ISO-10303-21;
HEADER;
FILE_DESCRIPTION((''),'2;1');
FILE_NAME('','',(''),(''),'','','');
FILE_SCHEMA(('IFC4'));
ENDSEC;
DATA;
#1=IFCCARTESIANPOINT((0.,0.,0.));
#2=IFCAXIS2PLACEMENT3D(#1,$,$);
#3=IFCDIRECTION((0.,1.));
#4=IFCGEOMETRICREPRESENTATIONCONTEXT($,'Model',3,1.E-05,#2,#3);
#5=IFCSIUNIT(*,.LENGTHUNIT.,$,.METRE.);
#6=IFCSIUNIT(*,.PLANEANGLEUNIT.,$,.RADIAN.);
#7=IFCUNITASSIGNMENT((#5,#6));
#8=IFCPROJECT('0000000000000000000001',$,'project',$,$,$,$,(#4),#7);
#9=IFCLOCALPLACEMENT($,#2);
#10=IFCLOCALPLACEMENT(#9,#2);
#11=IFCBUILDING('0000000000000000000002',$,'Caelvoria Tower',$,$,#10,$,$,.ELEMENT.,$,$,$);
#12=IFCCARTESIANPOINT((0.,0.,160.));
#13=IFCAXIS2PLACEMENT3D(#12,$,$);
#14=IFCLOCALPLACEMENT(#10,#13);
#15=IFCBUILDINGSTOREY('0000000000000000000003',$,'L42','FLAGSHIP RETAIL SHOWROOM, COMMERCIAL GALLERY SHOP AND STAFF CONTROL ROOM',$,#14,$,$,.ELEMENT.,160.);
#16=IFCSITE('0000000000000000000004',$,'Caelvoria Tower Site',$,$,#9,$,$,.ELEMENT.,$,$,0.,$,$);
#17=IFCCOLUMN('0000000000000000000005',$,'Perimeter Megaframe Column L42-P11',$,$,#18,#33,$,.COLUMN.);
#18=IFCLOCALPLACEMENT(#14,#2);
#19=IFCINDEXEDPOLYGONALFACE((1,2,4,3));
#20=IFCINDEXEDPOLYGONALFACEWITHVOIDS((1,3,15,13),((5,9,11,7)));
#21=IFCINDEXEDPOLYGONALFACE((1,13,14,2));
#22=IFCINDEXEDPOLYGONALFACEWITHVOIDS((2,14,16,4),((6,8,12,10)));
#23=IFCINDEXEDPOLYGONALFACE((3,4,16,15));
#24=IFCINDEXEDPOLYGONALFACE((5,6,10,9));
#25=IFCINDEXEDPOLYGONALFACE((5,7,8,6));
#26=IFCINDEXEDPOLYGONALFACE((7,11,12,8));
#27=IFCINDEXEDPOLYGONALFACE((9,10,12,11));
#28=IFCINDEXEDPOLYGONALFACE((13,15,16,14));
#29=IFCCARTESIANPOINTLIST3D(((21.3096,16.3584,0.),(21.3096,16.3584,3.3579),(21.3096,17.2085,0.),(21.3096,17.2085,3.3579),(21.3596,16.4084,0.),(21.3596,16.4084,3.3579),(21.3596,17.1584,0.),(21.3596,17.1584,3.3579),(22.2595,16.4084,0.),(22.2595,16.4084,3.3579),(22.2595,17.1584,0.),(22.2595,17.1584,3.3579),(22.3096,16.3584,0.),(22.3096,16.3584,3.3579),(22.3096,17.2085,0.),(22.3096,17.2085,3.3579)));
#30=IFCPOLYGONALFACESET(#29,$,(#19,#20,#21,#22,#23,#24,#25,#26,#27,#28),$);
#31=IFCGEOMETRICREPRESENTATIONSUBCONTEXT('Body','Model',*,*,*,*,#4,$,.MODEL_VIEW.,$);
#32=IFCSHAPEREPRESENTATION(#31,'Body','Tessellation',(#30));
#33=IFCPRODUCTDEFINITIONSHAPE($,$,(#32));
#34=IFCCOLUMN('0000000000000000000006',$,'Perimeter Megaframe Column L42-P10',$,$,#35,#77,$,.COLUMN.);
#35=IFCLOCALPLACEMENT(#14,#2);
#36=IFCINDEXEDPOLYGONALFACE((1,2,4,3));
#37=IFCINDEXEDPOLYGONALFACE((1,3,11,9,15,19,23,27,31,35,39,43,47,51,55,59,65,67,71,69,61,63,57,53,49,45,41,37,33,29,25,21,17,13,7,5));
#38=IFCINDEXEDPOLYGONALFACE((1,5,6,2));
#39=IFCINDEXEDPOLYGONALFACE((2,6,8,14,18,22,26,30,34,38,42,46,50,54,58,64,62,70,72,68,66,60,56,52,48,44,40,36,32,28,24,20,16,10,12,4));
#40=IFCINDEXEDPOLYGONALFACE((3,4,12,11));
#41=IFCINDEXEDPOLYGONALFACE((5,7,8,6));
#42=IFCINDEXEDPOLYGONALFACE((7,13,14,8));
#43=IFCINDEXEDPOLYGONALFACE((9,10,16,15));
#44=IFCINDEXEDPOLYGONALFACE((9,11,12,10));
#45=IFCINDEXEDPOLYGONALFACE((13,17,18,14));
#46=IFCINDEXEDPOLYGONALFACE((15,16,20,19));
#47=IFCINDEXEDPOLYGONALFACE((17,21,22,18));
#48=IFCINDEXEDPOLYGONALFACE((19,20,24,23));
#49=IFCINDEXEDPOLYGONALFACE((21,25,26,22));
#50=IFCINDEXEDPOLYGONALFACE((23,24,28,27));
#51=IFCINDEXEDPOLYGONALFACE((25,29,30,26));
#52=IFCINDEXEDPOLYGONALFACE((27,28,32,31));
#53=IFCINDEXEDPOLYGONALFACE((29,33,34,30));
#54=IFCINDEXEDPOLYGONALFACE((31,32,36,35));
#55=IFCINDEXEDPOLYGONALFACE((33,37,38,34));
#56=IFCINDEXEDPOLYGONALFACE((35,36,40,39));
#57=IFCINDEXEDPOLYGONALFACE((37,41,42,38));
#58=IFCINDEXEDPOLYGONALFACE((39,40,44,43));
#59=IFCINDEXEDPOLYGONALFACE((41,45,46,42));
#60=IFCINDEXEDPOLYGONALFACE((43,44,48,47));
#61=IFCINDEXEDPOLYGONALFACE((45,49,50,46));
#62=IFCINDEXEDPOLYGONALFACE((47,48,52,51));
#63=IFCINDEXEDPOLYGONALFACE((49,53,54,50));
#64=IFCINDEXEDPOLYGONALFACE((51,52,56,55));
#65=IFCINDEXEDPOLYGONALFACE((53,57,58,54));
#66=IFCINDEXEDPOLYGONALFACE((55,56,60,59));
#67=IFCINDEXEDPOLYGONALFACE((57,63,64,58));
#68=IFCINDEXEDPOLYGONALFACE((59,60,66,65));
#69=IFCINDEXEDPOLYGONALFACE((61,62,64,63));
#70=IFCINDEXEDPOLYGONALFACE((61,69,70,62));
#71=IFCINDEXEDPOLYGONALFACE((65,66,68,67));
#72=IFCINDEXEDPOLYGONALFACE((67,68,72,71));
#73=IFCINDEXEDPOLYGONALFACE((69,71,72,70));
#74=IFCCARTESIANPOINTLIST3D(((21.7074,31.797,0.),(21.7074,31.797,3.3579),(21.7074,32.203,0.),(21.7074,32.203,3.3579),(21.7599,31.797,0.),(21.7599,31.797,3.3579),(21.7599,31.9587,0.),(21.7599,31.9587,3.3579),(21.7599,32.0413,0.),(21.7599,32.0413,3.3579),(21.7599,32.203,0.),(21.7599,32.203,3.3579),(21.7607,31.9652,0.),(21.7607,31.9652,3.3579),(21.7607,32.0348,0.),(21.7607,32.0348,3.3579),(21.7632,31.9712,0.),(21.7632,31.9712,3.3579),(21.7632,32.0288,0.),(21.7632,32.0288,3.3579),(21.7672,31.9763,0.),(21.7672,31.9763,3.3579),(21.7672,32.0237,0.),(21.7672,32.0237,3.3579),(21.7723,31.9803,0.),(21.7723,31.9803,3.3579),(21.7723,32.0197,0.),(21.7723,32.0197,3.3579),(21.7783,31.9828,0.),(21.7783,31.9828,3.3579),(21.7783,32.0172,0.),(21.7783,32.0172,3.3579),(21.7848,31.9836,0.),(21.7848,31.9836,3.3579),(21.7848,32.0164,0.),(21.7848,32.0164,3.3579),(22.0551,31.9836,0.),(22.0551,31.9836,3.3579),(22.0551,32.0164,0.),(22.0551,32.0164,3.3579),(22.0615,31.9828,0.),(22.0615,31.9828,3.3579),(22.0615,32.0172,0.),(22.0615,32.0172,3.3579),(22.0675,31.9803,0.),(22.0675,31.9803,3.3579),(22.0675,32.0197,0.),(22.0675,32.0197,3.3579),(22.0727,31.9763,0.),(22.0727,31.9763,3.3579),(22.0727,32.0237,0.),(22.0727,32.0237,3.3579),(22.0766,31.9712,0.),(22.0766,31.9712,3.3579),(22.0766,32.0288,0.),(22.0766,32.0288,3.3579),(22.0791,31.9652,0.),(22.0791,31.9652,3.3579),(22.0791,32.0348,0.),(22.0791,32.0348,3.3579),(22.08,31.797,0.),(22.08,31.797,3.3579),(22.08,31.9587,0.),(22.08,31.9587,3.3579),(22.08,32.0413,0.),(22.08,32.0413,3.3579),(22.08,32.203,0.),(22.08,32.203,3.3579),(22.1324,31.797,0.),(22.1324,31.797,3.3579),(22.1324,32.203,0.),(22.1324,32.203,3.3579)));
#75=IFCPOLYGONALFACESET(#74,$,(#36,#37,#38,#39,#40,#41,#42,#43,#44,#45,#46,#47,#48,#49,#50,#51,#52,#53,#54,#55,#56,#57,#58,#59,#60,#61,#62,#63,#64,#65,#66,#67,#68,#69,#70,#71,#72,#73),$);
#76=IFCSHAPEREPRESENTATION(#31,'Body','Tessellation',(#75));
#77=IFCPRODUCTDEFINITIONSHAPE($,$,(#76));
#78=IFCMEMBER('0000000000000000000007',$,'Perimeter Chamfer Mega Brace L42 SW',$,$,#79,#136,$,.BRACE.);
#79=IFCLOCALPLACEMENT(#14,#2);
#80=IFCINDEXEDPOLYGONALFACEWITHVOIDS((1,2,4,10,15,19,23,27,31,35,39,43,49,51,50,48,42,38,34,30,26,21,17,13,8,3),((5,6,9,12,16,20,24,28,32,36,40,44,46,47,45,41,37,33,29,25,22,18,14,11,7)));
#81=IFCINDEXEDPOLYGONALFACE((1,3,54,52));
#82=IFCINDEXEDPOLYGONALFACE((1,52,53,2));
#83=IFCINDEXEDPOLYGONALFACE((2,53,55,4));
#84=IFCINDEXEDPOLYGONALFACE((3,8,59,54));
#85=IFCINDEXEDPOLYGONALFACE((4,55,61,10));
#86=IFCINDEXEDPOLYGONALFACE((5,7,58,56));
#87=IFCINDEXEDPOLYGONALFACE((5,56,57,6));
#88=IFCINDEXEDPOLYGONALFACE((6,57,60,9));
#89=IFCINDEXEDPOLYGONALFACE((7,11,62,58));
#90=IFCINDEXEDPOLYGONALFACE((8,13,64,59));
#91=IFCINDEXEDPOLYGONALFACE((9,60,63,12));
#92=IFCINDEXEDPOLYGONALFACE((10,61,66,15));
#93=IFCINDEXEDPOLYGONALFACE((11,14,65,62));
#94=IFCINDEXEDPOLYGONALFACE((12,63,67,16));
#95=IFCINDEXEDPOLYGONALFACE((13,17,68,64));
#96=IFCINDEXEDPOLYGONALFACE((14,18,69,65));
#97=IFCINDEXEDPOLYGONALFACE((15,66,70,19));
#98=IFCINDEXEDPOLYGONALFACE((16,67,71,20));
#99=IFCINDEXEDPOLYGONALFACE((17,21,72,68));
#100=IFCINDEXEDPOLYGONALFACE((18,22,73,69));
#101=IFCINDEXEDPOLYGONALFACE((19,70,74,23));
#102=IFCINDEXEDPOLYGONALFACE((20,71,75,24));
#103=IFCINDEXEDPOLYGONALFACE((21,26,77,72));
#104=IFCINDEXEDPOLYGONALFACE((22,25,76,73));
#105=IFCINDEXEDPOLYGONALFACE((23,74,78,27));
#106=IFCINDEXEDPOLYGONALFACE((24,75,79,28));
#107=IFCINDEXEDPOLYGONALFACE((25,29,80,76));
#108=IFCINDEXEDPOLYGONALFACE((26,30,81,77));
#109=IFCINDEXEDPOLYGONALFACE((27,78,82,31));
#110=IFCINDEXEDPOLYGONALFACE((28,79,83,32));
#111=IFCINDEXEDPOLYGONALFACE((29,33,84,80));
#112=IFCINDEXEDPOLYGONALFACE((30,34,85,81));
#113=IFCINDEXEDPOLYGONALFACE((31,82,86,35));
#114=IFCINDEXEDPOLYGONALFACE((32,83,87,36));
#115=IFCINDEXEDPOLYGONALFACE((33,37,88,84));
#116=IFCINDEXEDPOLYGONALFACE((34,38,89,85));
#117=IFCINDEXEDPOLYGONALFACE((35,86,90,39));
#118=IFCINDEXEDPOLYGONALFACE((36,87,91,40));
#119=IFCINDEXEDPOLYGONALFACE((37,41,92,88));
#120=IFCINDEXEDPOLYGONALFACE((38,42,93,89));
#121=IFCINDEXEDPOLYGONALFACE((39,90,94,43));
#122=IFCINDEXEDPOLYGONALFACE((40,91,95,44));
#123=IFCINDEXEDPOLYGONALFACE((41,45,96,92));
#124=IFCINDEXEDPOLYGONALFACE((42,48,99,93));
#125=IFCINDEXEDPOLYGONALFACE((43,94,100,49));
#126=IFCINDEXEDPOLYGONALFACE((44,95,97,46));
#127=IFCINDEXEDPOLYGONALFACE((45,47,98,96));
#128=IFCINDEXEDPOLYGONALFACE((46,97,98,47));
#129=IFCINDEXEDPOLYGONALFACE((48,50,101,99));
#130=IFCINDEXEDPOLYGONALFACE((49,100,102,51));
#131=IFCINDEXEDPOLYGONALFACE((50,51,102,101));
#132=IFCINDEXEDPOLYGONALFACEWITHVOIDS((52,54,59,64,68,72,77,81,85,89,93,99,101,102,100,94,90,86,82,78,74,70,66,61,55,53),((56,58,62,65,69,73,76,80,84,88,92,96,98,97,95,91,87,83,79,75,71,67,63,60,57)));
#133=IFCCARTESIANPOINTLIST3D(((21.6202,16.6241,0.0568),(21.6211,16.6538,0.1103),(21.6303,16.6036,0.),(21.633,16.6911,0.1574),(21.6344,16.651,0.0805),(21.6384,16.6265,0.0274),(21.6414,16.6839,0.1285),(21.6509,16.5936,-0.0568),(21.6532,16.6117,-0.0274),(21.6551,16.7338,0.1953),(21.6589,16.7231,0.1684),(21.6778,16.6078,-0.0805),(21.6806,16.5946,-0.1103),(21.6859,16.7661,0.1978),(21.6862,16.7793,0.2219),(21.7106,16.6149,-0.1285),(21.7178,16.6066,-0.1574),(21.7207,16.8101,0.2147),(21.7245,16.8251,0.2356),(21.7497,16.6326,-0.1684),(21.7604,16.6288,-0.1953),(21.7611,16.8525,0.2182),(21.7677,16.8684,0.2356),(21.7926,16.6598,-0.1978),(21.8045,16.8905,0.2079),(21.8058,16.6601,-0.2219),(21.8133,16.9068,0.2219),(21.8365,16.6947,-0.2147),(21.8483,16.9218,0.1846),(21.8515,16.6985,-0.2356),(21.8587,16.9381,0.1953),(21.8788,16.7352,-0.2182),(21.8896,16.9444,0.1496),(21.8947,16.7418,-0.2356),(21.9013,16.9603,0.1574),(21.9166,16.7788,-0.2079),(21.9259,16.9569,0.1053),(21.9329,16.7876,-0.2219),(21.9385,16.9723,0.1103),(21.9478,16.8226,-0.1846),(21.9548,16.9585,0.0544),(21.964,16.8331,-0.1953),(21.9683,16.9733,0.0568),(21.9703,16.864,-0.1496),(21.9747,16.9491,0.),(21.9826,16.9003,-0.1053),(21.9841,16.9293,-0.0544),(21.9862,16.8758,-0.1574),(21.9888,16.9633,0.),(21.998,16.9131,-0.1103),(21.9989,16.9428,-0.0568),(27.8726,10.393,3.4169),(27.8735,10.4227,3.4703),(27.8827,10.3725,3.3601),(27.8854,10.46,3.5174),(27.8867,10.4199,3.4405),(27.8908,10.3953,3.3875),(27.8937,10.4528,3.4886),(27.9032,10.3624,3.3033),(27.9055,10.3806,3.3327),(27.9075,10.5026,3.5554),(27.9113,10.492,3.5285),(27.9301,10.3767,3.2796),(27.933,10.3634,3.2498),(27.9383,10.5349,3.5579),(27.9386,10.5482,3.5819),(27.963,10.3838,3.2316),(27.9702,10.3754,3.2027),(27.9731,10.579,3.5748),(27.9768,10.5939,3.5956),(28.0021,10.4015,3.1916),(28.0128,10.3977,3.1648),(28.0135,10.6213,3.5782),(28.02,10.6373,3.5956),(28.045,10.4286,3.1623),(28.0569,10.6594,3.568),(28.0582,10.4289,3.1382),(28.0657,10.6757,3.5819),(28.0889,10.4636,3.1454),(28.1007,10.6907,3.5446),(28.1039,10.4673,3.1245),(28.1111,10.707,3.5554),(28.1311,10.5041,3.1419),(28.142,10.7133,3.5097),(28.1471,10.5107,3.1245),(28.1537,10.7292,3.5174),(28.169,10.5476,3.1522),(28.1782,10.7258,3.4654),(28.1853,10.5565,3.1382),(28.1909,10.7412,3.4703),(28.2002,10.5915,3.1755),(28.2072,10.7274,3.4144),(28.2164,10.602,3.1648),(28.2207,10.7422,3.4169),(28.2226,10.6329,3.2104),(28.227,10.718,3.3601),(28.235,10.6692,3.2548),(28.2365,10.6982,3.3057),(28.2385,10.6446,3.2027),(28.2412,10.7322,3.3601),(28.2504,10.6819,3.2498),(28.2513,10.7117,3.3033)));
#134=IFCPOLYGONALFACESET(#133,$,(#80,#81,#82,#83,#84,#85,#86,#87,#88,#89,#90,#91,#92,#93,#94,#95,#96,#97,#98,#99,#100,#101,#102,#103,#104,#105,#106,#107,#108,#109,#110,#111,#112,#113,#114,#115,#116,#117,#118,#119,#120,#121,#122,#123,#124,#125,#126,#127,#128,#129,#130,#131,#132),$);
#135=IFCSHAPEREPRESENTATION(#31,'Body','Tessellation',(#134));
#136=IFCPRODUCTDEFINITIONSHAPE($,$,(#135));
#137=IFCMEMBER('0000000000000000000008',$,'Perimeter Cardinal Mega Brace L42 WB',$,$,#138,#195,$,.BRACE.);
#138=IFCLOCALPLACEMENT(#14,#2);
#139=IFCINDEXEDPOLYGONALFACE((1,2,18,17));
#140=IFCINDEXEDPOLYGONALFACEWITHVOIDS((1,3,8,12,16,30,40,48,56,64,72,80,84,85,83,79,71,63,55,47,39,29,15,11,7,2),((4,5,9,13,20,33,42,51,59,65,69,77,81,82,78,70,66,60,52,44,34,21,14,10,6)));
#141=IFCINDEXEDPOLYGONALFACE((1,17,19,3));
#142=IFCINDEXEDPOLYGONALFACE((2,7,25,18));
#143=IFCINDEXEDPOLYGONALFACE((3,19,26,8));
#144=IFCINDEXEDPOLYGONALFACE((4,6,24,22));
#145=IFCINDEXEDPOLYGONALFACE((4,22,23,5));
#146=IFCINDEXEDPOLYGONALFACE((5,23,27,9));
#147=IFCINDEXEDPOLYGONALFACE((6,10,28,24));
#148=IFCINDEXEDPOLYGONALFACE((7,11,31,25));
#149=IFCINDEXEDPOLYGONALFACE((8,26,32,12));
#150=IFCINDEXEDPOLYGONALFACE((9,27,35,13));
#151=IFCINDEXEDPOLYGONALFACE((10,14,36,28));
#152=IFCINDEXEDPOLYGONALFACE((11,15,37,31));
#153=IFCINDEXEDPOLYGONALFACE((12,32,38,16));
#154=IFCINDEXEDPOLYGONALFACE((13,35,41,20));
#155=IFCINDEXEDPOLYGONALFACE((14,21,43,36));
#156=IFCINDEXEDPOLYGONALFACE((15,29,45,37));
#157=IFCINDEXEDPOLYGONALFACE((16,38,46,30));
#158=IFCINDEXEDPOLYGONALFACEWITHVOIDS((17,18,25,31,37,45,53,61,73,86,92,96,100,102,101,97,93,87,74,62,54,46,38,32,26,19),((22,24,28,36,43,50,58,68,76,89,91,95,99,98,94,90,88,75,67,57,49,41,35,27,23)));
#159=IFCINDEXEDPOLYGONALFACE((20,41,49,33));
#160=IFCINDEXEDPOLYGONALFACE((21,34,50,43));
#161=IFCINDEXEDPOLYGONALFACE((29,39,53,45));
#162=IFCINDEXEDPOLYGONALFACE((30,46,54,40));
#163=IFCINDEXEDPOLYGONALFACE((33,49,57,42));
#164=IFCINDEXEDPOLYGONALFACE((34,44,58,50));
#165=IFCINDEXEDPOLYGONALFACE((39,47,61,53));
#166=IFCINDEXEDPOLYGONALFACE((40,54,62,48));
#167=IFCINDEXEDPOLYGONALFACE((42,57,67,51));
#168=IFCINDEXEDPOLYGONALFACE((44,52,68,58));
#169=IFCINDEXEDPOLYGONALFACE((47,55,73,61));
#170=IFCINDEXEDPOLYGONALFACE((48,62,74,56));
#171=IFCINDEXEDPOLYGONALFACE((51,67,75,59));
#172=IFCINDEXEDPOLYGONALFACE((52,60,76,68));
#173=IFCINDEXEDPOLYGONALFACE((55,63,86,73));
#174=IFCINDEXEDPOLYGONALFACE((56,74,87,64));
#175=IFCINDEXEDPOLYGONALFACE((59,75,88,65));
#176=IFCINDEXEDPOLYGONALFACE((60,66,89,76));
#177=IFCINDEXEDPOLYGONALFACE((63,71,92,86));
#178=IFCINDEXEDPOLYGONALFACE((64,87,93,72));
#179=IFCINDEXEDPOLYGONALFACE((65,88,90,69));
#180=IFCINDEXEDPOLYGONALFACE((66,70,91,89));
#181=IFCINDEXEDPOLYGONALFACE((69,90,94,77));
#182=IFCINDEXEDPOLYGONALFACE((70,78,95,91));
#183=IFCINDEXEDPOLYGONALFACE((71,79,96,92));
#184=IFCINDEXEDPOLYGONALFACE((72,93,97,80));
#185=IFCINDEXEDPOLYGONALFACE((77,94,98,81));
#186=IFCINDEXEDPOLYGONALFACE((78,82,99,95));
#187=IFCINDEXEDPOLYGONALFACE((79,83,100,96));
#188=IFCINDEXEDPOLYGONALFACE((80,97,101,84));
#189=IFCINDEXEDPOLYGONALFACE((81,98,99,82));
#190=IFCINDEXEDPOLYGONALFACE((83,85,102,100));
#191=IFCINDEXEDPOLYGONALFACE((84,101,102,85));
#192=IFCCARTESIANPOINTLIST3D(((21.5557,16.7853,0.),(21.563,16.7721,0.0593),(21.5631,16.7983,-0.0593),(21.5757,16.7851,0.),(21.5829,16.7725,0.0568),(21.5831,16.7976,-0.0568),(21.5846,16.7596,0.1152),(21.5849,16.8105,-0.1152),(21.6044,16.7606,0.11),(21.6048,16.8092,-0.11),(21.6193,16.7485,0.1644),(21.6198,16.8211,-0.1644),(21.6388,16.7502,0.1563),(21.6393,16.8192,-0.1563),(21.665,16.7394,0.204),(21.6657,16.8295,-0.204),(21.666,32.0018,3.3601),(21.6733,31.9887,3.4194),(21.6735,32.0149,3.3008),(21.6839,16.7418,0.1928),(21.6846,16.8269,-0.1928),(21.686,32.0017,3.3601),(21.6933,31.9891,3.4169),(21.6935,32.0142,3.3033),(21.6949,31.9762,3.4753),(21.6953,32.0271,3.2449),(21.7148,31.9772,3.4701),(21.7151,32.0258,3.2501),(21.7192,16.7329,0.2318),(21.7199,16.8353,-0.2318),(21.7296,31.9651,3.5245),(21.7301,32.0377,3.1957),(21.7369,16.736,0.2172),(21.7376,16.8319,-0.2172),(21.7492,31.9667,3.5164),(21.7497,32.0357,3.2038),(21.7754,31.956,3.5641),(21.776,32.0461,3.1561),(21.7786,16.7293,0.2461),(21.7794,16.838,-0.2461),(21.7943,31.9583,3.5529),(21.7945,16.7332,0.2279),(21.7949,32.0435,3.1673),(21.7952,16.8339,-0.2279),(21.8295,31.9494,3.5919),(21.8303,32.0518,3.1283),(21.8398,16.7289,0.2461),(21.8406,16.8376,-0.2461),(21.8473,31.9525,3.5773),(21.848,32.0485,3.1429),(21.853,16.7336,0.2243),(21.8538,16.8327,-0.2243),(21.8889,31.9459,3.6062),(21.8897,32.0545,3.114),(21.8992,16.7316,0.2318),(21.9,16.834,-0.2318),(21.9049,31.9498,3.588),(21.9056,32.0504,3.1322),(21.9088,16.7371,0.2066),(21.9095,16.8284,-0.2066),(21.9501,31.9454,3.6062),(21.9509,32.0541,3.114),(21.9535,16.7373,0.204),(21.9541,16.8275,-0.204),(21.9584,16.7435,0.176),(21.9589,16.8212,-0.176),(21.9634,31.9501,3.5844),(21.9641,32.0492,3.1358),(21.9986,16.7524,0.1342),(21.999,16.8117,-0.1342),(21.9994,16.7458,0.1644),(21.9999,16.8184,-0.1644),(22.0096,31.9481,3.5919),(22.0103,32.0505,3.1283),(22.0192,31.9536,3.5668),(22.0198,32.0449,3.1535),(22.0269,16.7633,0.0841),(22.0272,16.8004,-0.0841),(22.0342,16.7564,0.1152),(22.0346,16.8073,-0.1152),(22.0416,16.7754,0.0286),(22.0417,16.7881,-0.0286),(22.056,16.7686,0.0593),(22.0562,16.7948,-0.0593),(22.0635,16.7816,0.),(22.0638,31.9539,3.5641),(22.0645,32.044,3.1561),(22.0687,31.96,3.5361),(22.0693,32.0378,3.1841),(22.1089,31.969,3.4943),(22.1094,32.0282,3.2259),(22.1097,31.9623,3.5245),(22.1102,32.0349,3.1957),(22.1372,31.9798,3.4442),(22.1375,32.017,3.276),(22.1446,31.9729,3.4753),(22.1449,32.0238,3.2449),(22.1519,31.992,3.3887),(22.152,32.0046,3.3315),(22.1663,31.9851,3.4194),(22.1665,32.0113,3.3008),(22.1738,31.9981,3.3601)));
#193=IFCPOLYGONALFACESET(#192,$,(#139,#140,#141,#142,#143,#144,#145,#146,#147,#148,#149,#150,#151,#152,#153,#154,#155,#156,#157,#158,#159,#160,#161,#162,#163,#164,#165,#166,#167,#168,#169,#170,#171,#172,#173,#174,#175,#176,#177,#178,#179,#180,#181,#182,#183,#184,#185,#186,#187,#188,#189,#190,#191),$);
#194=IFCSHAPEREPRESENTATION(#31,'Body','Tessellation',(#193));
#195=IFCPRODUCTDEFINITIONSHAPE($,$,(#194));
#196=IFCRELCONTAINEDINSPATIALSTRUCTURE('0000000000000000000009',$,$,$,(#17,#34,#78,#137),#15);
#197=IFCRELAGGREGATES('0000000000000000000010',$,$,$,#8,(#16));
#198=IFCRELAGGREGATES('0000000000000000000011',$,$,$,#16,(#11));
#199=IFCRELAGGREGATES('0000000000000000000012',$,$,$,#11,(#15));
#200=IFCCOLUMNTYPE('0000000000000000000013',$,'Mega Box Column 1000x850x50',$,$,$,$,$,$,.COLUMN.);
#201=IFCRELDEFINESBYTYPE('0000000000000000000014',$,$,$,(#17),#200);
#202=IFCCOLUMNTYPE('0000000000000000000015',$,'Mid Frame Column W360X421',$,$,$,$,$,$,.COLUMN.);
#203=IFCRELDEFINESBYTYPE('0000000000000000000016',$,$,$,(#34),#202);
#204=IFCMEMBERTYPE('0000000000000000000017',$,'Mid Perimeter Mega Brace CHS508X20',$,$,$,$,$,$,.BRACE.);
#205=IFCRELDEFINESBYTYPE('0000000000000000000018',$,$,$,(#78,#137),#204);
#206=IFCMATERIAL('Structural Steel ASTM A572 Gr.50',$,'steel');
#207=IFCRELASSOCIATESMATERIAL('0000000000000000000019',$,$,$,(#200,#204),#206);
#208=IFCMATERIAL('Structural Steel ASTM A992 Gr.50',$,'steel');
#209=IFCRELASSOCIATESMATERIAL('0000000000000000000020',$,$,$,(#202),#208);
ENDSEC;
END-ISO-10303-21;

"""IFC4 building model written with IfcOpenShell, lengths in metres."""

from ifc_helpers import new_model, si_unit, direction, frame, origin, origin_2d, place, context, subcontext, project, spatial, hollow_rectangle, hollow_circle, i_section, extrude, material, material_profile, profile_set, type_object, element, save


model = new_model("IFC4")

# Units and contexts
model_context = context("Model", 3, precision=1e-05, world=origin(), true_north=direction((0.0, 1.0)))
body_context = subcontext(model_context, "Body", "Model", "MODEL_VIEW")
ifc_project = project(units=[si_unit("LENGTHUNIT", "METRE"), si_unit("PLANEANGLEUNIT", "RADIAN")], contexts=[model_context])

# Site, building, storey
site_placement = place(None, origin())
site = spatial("IfcSite", under=ifc_project, at=site_placement, Name="Caelvoria Tower Site", CompositionType="ELEMENT", RefElevation=0.0)
building_placement = place(site_placement, origin())
building = spatial("IfcBuilding", under=site, at=building_placement, Name="Caelvoria Tower", CompositionType="ELEMENT")
storey_placement = place(building_placement, frame((0.0, 0.0, 160.0)))
storey = spatial("IfcBuildingStorey", under=building, at=storey_placement, Name="L42", Description="FLAGSHIP RETAIL SHOWROOM, COMMERCIAL GALLERY SHOP AND STAFF CONTROL ROOM", CompositionType="ELEMENT", Elevation=160.0)

# Columns
ifc_material_1 = material(Name="Structural Steel ASTM A572 Gr.50", Category="steel")
ifc_material_profile_1 = material_profile(ifc_material_1, hollow_rectangle(XDim=0.8501, YDim=1.0, WallThickness=0.05, at=origin_2d()), Name="Structural Steel ASTM A572 Gr.50")
ifc_profile_set_1 = profile_set([ifc_material_profile_1], Name="BOX1000X850X50 - Structural Steel ASTM A572 Gr.50")
column_type_1 = type_object("IfcColumnType", Name="Mega Box Column 1000x850x50", PredefinedType="COLUMN", material=ifc_profile_set_1)
column_1_placement = place(storey_placement, frame((21.8096, 16.7834, 0.0), z_axis=(0.0, 0.0, 1.0), x_axis=(0.0, 1.0, 0.0)))
element("IfcColumn", 1, at=column_1_placement, inside=storey, type_object=column_type_1, Name="Perimeter Megaframe Column L42-P11", PredefinedType="COLUMN", context=body_context, shape_type="SweptSolid", body=[
    extrude(hollow_rectangle(XDim=0.8501, YDim=1.0, WallThickness=0.05, at=origin_2d()), origin(), (0.0, 0.0, 1.0), 3.3579),
])
ifc_material_2 = material(Name="Structural Steel ASTM A992 Gr.50", Category="steel")
ifc_material_profile_2 = material_profile(ifc_material_2, i_section(OverallWidth=0.406, OverallDepth=0.425, WebThickness=0.0327, FlangeThickness=0.0525, FilletRadius=0.0249, at=origin_2d()), Name="Structural Steel ASTM A992 Gr.50")
ifc_profile_set_2 = profile_set([ifc_material_profile_2], Name="W360X421 - Structural Steel ASTM A992 Gr.50")
column_type_2 = type_object("IfcColumnType", Name="Mid Frame Column W360X421", PredefinedType="COLUMN", material=ifc_profile_set_2)
column_2_placement = place(storey_placement, frame((21.9199, 32.0, 0.0), z_axis=(0.0, 0.0, 1.0), x_axis=(0.0, 1.0, 0.0)))
element("IfcColumn", 2, at=column_2_placement, inside=storey, type_object=column_type_2, Name="Perimeter Megaframe Column L42-P10", PredefinedType="COLUMN", context=body_context, shape_type="SweptSolid", body=[
    extrude(i_section(OverallWidth=0.406, OverallDepth=0.425, WebThickness=0.0327, FlangeThickness=0.0525, FilletRadius=0.0249, at=origin_2d()), origin(), (0.0, 0.0, 1.0), 3.3579),
])

# Members
ifc_material_profile_3 = material_profile(ifc_material_1, hollow_circle(Radius=0.2539, WallThickness=0.02, at=origin_2d()), Name="Structural Steel ASTM A572 Gr.50")
ifc_profile_set_3 = profile_set([ifc_material_profile_3], Name="CHS508X20 - Structural Steel ASTM A572 Gr.50")
member_type = type_object("IfcMemberType", Name="Mid Perimeter Mega Brace CHS508X20", PredefinedType="BRACE", material=ifc_profile_set_3)
member_1_placement = place(storey_placement, frame((21.8096, 16.7834, 0.0), z_axis=(0.661972, -0.659724, 0.355749), x_axis=(0.705903, 0.708309, 0.0)))
element("IfcMember", 3, at=member_1_placement, inside=storey, type_object=member_type, Name="Perimeter Chamfer Mega Brace L42 SW", PredefinedType="BRACE", context=body_context, shape_type="SweptSolid", body=[
    extrude(hollow_circle(Radius=0.2539, WallThickness=0.02, at=origin_2d()), origin(), (0.0, 0.0, 1.0), 9.4451),
])
member_2_placement = place(storey_placement, frame((21.8096, 16.7834, 0.0), z_axis=(0.007081, 0.976452, 0.215619), x_axis=(-0.999974, 0.007252, 0.0)))
element("IfcMember", 4, at=member_2_placement, inside=storey, type_object=member_type, Name="Perimeter Cardinal Mega Brace L42 WB", PredefinedType="BRACE", context=body_context, shape_type="SweptSolid", body=[
    extrude(hollow_circle(Radius=0.2539, WallThickness=0.02, at=origin_2d()), origin(), (0.0, 0.0, 1.0), 15.5835),
])

save(model, "model.ifc")
